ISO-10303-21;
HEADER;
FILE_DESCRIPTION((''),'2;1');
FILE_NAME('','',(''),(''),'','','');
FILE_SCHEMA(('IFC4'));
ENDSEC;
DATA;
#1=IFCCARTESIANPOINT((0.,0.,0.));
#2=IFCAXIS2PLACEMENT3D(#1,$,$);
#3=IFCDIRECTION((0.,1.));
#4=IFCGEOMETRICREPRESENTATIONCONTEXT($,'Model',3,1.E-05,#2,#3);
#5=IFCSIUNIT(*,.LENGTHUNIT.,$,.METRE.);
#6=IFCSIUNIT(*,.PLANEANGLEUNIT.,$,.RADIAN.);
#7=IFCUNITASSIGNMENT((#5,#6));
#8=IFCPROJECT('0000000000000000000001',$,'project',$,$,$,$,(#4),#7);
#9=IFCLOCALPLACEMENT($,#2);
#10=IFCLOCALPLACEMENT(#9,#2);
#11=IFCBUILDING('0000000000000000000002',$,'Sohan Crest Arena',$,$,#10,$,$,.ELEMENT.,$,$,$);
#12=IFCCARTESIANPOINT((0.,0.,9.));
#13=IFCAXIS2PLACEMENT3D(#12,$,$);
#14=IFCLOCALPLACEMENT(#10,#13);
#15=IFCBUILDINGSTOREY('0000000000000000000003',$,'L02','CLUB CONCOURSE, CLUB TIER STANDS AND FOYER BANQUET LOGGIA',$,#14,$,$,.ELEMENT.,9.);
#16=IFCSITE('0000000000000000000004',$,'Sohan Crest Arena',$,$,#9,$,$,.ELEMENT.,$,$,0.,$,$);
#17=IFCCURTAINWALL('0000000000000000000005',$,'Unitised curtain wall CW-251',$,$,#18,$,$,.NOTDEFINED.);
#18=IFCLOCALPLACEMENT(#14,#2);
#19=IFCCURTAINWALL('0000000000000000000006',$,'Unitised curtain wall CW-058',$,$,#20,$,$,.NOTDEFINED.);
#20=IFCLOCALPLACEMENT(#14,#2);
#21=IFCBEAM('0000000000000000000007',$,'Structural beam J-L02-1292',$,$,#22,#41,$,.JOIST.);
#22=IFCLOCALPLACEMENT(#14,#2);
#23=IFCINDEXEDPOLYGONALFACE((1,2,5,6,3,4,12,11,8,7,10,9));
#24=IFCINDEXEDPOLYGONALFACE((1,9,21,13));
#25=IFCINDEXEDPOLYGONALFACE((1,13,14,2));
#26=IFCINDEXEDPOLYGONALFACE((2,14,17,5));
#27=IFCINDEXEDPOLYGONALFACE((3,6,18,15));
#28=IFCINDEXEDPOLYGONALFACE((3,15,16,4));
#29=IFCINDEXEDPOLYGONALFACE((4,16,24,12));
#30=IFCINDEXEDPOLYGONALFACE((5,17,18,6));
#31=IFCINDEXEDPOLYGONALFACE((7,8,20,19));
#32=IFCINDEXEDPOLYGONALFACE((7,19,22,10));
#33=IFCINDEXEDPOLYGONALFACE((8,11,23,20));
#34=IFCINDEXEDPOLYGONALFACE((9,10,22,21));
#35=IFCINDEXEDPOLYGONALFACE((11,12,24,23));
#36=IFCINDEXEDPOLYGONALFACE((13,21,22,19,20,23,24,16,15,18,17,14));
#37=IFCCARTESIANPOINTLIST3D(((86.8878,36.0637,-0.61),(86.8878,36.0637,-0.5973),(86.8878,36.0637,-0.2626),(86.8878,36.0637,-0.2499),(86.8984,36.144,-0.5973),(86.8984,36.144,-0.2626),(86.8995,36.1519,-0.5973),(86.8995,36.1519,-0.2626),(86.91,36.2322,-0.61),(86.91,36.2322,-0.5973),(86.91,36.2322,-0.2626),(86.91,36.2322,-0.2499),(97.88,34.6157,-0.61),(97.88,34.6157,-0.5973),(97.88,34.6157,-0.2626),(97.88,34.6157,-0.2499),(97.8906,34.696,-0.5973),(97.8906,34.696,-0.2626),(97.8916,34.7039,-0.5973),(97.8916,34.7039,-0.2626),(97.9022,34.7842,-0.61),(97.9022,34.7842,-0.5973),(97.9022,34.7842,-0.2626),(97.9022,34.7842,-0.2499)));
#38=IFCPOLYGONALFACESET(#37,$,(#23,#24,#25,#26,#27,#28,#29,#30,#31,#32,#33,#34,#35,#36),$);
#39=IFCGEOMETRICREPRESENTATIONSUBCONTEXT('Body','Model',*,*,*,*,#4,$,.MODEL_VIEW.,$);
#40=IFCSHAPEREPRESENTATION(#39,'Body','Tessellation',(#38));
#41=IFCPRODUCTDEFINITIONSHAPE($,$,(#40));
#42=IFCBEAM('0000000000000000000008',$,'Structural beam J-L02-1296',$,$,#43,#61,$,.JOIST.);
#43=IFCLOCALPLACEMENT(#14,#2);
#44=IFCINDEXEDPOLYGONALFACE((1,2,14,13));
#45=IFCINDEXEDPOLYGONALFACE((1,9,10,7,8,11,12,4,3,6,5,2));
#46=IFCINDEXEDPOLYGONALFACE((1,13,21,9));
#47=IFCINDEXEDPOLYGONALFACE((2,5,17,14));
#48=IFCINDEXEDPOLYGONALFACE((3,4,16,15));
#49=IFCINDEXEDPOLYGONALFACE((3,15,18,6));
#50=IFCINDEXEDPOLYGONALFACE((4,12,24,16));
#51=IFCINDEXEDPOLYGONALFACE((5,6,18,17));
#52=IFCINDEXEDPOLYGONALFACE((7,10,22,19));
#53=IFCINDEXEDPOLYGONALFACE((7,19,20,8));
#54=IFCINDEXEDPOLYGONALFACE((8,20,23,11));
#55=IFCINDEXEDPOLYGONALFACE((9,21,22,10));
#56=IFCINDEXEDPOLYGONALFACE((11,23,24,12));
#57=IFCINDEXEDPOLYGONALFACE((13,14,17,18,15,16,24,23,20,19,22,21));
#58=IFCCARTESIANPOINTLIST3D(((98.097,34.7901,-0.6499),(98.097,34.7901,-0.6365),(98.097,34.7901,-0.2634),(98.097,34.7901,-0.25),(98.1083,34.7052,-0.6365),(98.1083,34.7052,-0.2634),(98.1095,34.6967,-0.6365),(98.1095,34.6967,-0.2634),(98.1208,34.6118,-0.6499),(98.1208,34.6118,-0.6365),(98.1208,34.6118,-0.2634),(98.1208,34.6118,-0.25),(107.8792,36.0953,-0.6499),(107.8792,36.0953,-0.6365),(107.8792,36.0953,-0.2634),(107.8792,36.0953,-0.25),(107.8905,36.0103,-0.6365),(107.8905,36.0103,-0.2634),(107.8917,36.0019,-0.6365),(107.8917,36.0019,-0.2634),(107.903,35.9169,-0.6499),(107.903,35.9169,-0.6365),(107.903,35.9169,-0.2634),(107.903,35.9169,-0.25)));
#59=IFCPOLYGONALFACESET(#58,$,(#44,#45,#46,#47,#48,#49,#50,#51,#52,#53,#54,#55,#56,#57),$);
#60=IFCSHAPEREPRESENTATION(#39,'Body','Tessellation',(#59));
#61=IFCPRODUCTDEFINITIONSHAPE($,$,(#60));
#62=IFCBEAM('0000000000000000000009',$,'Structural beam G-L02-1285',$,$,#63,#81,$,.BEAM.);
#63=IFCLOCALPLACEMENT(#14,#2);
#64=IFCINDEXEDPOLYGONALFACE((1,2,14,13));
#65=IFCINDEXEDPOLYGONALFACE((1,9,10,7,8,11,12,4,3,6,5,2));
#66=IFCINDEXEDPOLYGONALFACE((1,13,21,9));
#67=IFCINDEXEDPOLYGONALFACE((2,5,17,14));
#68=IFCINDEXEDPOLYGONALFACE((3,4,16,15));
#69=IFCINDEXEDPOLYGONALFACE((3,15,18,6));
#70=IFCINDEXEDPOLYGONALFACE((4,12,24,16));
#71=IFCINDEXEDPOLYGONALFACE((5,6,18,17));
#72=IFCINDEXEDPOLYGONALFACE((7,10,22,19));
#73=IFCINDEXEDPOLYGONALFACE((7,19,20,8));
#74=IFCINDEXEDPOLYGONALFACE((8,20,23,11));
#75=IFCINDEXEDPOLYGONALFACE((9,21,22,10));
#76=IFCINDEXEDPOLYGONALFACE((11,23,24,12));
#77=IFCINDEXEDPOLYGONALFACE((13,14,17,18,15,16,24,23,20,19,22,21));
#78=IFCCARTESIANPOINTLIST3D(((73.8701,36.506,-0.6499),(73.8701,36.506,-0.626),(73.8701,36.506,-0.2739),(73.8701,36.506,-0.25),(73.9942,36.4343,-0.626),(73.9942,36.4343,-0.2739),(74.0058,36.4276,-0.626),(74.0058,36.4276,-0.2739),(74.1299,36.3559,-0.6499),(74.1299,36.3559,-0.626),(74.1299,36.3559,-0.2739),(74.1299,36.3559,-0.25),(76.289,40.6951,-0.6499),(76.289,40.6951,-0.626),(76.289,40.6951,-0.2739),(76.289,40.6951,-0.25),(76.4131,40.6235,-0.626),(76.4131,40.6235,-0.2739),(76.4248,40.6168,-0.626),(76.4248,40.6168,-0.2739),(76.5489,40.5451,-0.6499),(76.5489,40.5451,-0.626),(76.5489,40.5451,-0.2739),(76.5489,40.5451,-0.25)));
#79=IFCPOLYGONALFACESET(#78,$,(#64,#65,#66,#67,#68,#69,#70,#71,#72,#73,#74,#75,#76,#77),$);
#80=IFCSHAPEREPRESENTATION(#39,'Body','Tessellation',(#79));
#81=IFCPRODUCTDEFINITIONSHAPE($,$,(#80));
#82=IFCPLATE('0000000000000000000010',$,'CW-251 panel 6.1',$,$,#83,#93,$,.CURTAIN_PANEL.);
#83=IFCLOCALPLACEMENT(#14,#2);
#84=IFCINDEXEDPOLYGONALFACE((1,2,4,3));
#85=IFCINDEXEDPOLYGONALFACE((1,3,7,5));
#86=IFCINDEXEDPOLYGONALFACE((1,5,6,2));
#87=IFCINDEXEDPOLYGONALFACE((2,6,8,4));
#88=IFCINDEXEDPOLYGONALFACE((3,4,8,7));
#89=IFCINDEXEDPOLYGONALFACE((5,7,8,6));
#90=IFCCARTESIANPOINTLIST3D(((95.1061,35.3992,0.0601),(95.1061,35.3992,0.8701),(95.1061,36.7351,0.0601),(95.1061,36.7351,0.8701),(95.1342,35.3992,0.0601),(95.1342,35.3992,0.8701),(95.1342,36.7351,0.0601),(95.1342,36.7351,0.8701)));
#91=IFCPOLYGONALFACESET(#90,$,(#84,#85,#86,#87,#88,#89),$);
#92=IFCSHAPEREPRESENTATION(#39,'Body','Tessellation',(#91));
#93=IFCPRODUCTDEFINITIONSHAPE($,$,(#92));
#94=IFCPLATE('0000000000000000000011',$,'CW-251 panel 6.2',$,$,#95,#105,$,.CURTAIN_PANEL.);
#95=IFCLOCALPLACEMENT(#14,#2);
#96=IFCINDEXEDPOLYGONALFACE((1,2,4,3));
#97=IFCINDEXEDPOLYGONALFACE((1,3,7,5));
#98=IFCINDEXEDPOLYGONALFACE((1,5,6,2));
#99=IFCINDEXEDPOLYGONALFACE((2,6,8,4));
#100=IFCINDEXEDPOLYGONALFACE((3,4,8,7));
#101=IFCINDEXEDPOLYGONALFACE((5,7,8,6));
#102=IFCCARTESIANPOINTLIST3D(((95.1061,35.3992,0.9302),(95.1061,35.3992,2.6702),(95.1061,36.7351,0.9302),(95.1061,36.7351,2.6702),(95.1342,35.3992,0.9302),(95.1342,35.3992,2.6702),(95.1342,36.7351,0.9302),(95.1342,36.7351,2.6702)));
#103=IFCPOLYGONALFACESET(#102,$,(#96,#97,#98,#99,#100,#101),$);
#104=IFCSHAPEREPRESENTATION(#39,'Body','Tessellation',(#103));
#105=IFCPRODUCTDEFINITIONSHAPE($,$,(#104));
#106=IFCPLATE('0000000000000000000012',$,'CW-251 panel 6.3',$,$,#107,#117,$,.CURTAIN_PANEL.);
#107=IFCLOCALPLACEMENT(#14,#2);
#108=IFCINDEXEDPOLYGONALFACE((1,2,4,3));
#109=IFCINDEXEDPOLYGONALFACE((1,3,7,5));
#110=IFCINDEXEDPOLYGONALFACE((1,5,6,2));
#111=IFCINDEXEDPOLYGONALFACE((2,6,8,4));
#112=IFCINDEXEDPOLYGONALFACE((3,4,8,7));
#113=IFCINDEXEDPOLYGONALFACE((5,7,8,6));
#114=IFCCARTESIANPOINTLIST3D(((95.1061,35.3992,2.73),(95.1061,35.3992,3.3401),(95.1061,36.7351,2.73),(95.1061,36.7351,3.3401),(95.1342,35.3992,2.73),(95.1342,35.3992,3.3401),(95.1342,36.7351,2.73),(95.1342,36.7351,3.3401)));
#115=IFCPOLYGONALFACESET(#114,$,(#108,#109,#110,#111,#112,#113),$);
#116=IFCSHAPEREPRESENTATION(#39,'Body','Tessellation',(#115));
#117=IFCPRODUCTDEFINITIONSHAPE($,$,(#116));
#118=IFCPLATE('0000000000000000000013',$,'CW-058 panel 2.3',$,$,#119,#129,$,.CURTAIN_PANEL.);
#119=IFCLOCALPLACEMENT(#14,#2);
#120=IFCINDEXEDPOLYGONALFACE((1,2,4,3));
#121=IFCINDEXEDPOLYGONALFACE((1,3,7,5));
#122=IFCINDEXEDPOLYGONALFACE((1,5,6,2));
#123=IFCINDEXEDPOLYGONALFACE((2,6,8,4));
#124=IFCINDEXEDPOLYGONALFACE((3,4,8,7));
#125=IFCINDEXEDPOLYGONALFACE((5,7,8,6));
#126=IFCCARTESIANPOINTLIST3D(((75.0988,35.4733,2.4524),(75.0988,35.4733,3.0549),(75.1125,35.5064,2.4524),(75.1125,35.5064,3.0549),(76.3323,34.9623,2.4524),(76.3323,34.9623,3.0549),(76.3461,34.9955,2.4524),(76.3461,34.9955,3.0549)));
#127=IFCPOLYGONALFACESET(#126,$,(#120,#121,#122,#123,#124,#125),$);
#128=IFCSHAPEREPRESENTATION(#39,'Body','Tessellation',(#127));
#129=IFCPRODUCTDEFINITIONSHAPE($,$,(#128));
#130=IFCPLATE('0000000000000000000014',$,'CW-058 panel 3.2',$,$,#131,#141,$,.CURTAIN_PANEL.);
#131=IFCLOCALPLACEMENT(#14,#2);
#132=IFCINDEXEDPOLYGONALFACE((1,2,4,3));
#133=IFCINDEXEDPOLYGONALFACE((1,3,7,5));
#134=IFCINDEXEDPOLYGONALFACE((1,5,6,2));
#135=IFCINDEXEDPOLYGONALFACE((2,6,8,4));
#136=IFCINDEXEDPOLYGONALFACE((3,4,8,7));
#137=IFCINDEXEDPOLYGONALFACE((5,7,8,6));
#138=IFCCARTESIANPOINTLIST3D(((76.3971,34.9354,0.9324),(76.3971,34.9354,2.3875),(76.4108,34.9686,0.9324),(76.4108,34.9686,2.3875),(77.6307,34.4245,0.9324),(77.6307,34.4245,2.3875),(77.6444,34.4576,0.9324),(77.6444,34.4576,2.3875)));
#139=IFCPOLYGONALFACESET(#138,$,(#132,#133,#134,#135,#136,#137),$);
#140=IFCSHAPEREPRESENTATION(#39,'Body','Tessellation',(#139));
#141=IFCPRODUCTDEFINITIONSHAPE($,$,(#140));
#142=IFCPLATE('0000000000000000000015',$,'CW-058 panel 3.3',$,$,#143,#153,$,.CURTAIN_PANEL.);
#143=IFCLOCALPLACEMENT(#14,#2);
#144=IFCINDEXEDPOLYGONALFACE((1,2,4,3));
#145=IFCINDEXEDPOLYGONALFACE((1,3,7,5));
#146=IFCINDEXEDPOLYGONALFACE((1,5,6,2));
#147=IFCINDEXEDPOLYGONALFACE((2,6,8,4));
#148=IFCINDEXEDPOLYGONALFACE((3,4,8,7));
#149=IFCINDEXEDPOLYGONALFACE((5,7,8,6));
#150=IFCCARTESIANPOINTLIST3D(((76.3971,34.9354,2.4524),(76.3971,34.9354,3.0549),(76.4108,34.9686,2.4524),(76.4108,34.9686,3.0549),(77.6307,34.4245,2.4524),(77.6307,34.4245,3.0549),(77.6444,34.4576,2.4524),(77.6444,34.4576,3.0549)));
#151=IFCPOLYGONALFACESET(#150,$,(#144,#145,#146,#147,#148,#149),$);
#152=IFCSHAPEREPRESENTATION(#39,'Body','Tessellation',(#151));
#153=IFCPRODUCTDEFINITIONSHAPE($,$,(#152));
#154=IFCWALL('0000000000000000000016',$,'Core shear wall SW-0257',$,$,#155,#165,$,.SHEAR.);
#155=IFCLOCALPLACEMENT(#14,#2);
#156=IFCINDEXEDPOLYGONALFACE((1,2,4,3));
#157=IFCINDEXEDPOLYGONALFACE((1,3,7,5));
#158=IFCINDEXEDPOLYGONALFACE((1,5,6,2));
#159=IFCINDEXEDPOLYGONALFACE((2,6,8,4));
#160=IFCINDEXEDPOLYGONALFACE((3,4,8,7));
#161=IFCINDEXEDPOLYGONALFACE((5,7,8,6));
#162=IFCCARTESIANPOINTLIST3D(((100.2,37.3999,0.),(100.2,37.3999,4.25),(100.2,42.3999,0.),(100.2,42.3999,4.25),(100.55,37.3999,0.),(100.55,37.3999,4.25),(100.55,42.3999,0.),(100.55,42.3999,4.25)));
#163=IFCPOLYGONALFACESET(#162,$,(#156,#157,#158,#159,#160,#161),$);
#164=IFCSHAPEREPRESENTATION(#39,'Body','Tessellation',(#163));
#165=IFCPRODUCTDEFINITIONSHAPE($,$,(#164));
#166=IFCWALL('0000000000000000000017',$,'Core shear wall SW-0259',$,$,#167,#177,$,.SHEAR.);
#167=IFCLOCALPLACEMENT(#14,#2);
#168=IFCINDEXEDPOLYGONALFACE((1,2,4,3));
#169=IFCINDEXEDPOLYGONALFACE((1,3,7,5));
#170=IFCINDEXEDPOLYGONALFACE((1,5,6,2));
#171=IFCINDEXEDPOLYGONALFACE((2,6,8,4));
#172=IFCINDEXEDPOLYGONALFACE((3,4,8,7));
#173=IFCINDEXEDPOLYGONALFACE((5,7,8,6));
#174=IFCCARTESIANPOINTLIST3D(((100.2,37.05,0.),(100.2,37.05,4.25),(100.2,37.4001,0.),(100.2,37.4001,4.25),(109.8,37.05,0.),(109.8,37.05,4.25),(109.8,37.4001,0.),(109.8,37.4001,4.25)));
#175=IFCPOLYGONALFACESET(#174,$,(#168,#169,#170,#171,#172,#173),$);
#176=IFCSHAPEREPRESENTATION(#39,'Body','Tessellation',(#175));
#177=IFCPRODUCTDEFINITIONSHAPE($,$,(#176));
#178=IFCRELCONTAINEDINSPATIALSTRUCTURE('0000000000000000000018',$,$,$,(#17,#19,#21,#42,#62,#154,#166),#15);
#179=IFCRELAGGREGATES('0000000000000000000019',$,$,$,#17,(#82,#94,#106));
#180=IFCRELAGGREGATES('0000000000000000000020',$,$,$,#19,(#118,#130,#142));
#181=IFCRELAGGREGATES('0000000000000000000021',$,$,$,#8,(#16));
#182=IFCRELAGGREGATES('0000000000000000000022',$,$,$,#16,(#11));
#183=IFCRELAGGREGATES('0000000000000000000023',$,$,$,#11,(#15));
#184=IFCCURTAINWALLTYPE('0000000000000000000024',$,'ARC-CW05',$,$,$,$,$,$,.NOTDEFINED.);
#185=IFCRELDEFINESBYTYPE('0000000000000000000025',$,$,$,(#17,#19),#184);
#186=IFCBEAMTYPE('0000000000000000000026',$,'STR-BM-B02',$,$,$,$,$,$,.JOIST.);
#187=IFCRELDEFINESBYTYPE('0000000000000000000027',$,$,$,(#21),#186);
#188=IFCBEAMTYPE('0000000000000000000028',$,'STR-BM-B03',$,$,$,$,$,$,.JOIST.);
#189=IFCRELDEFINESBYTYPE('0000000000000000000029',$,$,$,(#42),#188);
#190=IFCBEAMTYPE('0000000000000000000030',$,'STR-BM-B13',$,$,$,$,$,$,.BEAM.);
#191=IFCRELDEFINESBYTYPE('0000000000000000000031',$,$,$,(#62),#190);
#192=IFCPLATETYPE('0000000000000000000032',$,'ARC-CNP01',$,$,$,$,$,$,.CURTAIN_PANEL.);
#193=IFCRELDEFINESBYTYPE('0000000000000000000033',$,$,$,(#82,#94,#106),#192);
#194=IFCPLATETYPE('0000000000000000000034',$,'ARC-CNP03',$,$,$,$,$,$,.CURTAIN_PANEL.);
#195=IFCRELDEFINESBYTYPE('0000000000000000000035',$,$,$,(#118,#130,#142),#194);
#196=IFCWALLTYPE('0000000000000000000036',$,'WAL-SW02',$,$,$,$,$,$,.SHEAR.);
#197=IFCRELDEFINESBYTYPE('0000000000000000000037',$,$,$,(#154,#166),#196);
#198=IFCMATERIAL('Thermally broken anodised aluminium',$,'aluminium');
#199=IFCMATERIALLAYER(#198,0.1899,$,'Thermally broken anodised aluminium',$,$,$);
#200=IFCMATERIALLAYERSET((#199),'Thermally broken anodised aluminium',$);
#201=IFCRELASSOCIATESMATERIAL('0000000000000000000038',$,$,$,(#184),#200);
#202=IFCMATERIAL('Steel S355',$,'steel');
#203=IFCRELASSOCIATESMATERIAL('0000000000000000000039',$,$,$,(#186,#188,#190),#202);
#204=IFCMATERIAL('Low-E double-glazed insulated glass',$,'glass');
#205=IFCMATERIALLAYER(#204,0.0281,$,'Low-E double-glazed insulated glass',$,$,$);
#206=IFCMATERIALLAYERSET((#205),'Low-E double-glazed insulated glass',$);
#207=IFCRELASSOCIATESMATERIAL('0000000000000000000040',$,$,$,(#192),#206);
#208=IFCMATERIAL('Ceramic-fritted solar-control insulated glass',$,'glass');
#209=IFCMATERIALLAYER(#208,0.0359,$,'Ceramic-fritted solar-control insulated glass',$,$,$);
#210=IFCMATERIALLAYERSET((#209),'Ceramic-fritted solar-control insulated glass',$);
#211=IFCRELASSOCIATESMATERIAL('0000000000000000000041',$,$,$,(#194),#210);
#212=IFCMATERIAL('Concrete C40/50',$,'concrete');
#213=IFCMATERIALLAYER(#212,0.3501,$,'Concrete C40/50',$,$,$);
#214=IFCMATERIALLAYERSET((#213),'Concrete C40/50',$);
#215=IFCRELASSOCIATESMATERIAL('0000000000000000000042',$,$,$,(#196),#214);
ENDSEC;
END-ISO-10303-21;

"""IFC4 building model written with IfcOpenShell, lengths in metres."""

from ifc_helpers import new_model, si_unit, direction, frame, frame_2d, origin, origin_2d, place, context, subcontext, project, spatial, rectangle, i_section, extrude, material, layer, layer_set, material_profile, profile_set, type_object, element, aggregate, save


model = new_model("IFC4")

# Units and contexts
model_context = context("Model", 3, precision=1e-05, world=origin(), true_north=direction((0.0, 1.0)))
body_context = subcontext(model_context, "Body", "Model", "MODEL_VIEW")
ifc_project = project(units=[si_unit("LENGTHUNIT", "METRE"), si_unit("PLANEANGLEUNIT", "RADIAN")], contexts=[model_context])

# Site, building, storey
site_placement = place(None, origin())
site = spatial("IfcSite", under=ifc_project, at=site_placement, Name="Sohan Crest Arena", CompositionType="ELEMENT", RefElevation=0.0)
building_placement = place(site_placement, origin())
building = spatial("IfcBuilding", under=site, at=building_placement, Name="Sohan Crest Arena", CompositionType="ELEMENT")
storey_placement = place(building_placement, frame((0.0, 0.0, 9.0)))
storey = spatial("IfcBuildingStorey", under=building, at=storey_placement, Name="L02", Description="CLUB CONCOURSE, CLUB TIER STANDS AND FOYER BANQUET LOGGIA", CompositionType="ELEMENT", Elevation=9.0)

# Curtain wall
ifc_material_1 = material(Name="Thermally broken anodised aluminium", Category="aluminium")
ifc_layer_1 = layer(ifc_material_1, 0.1899, Name="Thermally broken anodised aluminium")
ifc_layer_set_1 = layer_set([ifc_layer_1], Name="Thermally broken anodised aluminium")
curtain_wall_type = type_object("IfcCurtainWallType", Name="ARC-CW05", PredefinedType="NOTDEFINED", material=ifc_layer_set_1)
curtain_wall_1_placement = place(storey_placement, origin())
curtain_wall_1 = element("IfcCurtainWall", 1, at=curtain_wall_1_placement, inside=storey, type_object=curtain_wall_type, Name="Unitised curtain wall CW-251", PredefinedType="NOTDEFINED")

# Curtain wall
curtain_wall_2_placement = place(storey_placement, origin())
curtain_wall_2 = element("IfcCurtainWall", 2, at=curtain_wall_2_placement, inside=storey, type_object=curtain_wall_type, Name="Unitised curtain wall CW-058", PredefinedType="NOTDEFINED")

# Beams
ifc_material_2 = material(Name="Steel S355", Category="steel")
ifc_material_profile_1 = material_profile(ifc_material_2, i_section(OverallWidth=0.1699, OverallDepth=0.3601, WebThickness=0.0081, FlangeThickness=0.0127, at=origin_2d()), Name="IPE 360")
ifc_profile_set_1 = profile_set([ifc_material_profile_1], Name="Steel S355")
beam_type_1 = type_object("IfcBeamType", Name="STR-BM-B02", PredefinedType="JOIST", material=ifc_profile_set_1)
beam_1_placement = place(storey_placement, frame((86.8989, 36.1479, -0.4299), z_axis=(0.991435, -0.130601, 0.0), x_axis=(0.130601, 0.991435, 0.0)))
element("IfcBeam", 3, at=beam_1_placement, inside=storey, type_object=beam_type_1, Name="Structural beam J-L02-1292", PredefinedType="JOIST", context=body_context, shape_type="SweptSolid", body=[
    extrude(i_section(OverallWidth=0.1699, OverallDepth=0.3601, WebThickness=0.0081, FlangeThickness=0.0127, at=origin_2d()), origin(), (0.0, 0.0, 1.0), 11.0872),
])
ifc_material_profile_2 = material_profile(ifc_material_2, i_section(OverallWidth=0.1799, OverallDepth=0.3999, WebThickness=0.0085, FlangeThickness=0.0134, at=origin_2d()), Name="IPE 400")
ifc_profile_set_2 = profile_set([ifc_material_profile_2], Name="Steel S355")
beam_type_2 = type_object("IfcBeamType", Name="STR-BM-B03", PredefinedType="JOIST", material=ifc_profile_set_2)
beam_2_placement = place(storey_placement, frame((98.1089, 34.7009, -0.45), z_axis=(0.991216, 0.132251, 0.0), x_axis=(-0.132251, 0.991216, 0.0)))
element("IfcBeam", 4, at=beam_2_placement, inside=storey, type_object=beam_type_2, Name="Structural beam J-L02-1296", PredefinedType="JOIST", context=body_context, shape_type="SweptSolid", body=[
    extrude(i_section(OverallWidth=0.1799, OverallDepth=0.3999, WebThickness=0.0085, FlangeThickness=0.0134, at=origin_2d()), origin(), (0.0, 0.0, 1.0), 9.8689),
])
ifc_material_profile_3 = material_profile(ifc_material_2, i_section(OverallWidth=0.3, OverallDepth=0.3999, WebThickness=0.0134, FlangeThickness=0.0239, at=origin_2d()), Name="HEB 400")
ifc_profile_set_3 = profile_set([ifc_material_profile_3], Name="Steel S355")
beam_type_3 = type_object("IfcBeamType", Name="STR-BM-B13", PredefinedType="BEAM", material=ifc_profile_set_3)
beam_3_placement = place(storey_placement, frame((76.4189, 40.6201, -0.45), z_axis=(-0.500047, -0.865998, 0.0), x_axis=(0.865998, -0.500047, 0.0)))
element("IfcBeam", 5, at=beam_3_placement, inside=storey, type_object=beam_type_3, Name="Structural beam G-L02-1285", PredefinedType="BEAM", context=body_context, shape_type="SweptSolid", body=[
    extrude(i_section(OverallWidth=0.3, OverallDepth=0.3999, WebThickness=0.0134, FlangeThickness=0.0239, at=origin_2d()), origin(), (0.0, 0.0, 1.0), 4.8374),
])

# Plates
ifc_material_3 = material(Name="Low-E double-glazed insulated glass", Category="glass")
ifc_layer_2 = layer(ifc_material_3, 0.0281, Name="Low-E double-glazed insulated glass")
ifc_layer_set_2 = layer_set([ifc_layer_2], Name="Low-E double-glazed insulated glass")
plate_type_1 = type_object("IfcPlateType", Name="ARC-CNP01", PredefinedType="CURTAIN_PANEL", material=ifc_layer_set_2)
plate_1_placement = place(storey_placement, frame((95.1201, 36.0671, 0.0601), z_axis=(0.0, 0.0, 1.0), x_axis=(0.0, 1.0, 0.0)))
plate_1 = element("IfcPlate", 6, at=plate_1_placement, type_object=plate_type_1, Name="CW-251 panel 6.1", PredefinedType="CURTAIN_PANEL", context=body_context, shape_type="SweptSolid", body=[
    extrude(rectangle(XDim=1.3359, YDim=0.0281, at=origin_2d()), origin(), (0.0, 0.0, 1.0), 0.8101),
])
plate_2_placement = place(storey_placement, frame((95.1201, 36.0671, 0.9302), z_axis=(0.0, 0.0, 1.0), x_axis=(0.0, 1.0, 0.0)))
plate_2 = element("IfcPlate", 7, at=plate_2_placement, type_object=plate_type_1, Name="CW-251 panel 6.2", PredefinedType="CURTAIN_PANEL", context=body_context, shape_type="SweptSolid", body=[
    extrude(rectangle(XDim=1.3359, YDim=0.0281, at=origin_2d()), origin(), (0.0, 0.0, 1.0), 1.74),
])
plate_3_placement = place(storey_placement, frame((95.1201, 36.0671, 2.73), z_axis=(0.0, 0.0, 1.0), x_axis=(0.0, 1.0, 0.0)))
plate_3 = element("IfcPlate", 8, at=plate_3_placement, type_object=plate_type_1, Name="CW-251 panel 6.3", PredefinedType="CURTAIN_PANEL", context=body_context, shape_type="SweptSolid", body=[
    extrude(rectangle(XDim=1.3359, YDim=0.0281, at=origin_2d()), origin(), (0.0, 0.0, 1.0), 0.6101),
])
aggregate(curtain_wall_1, [plate_1, plate_2, plate_3])
ifc_material_4 = material(Name="Ceramic-fritted solar-control insulated glass", Category="glass")
ifc_layer_3 = layer(ifc_material_4, 0.0359, Name="Ceramic-fritted solar-control insulated glass")
ifc_layer_set_3 = layer_set([ifc_layer_3], Name="Ceramic-fritted solar-control insulated glass")
plate_type_2 = type_object("IfcPlateType", Name="ARC-CNP03", PredefinedType="CURTAIN_PANEL", material=ifc_layer_set_3)
plate_4_placement = place(storey_placement, frame((75.7224, 35.2344, 2.4524), z_axis=(0.0, 0.0, 1.0), x_axis=(0.923882, -0.382678, 0.0)))
plate_4 = element("IfcPlate", 9, at=plate_4_placement, type_object=plate_type_2, Name="CW-058 panel 2.3", PredefinedType="CURTAIN_PANEL", context=body_context, shape_type="SweptSolid", body=[
    extrude(rectangle(XDim=1.3352, YDim=0.0359, at=origin_2d()), origin(), (0.0, 0.0, 1.0), 0.6025),
])
plate_5_placement = place(storey_placement, frame((77.0208, 34.6965, 0.9324), z_axis=(0.0, 0.0, 1.0), x_axis=(0.923882, -0.382678, 0.0)))
plate_5 = element("IfcPlate", 10, at=plate_5_placement, type_object=plate_type_2, Name="CW-058 panel 3.2", PredefinedType="CURTAIN_PANEL", context=body_context, shape_type="SweptSolid", body=[
    extrude(rectangle(XDim=1.3352, YDim=0.0359, at=origin_2d()), origin(), (0.0, 0.0, 1.0), 1.4551),
])
plate_6_placement = place(storey_placement, frame((77.0208, 34.6965, 2.4524), z_axis=(0.0, 0.0, 1.0), x_axis=(0.923882, -0.382678, 0.0)))
plate_6 = element("IfcPlate", 11, at=plate_6_placement, type_object=plate_type_2, Name="CW-058 panel 3.3", PredefinedType="CURTAIN_PANEL", context=body_context, shape_type="SweptSolid", body=[
    extrude(rectangle(XDim=1.3352, YDim=0.0359, at=origin_2d()), origin(), (0.0, 0.0, 1.0), 0.6025),
])
aggregate(curtain_wall_2, [plate_4, plate_5, plate_6])

# Walls
ifc_material_5 = material(Name="Concrete C40/50", Category="concrete")
ifc_layer_4 = layer(ifc_material_5, 0.3501, Name="Concrete C40/50")
ifc_layer_set_4 = layer_set([ifc_layer_4], Name="Concrete C40/50")
wall_type_1 = type_object("IfcWallType", Name="WAL-SW02", PredefinedType="SHEAR", material=ifc_layer_set_4)
wall_1_placement = place(storey_placement, frame((100.375, 37.3999, 0.0), z_axis=(0.0, 0.0, 1.0), x_axis=(0.0, 1.0, 0.0)))
element("IfcWall", 12, at=wall_1_placement, inside=storey, type_object=wall_type_1, Name="Core shear wall SW-0257", PredefinedType="SHEAR", context=body_context, shape_type="SweptSolid", body=[
    extrude(rectangle(XDim=5.0, YDim=0.3501, at=frame_2d((2.5, 0.0))), origin(), (0.0, 0.0, 1.0), 4.25),
])
wall_2_placement = place(storey_placement, frame((100.2, 37.2251, 0.0), z_axis=(0.0, 0.0, 1.0), x_axis=(1.0, 0.0, 0.0)))
element("IfcWall", 13, at=wall_2_placement, inside=storey, type_object=wall_type_1, Name="Core shear wall SW-0259", PredefinedType="SHEAR", context=body_context, shape_type="SweptSolid", body=[
    extrude(rectangle(XDim=9.6001, YDim=0.3501, at=frame_2d((4.8, 0.0))), origin(), (0.0, 0.0, 1.0), 4.25),
])

save(model, "model.ifc")
